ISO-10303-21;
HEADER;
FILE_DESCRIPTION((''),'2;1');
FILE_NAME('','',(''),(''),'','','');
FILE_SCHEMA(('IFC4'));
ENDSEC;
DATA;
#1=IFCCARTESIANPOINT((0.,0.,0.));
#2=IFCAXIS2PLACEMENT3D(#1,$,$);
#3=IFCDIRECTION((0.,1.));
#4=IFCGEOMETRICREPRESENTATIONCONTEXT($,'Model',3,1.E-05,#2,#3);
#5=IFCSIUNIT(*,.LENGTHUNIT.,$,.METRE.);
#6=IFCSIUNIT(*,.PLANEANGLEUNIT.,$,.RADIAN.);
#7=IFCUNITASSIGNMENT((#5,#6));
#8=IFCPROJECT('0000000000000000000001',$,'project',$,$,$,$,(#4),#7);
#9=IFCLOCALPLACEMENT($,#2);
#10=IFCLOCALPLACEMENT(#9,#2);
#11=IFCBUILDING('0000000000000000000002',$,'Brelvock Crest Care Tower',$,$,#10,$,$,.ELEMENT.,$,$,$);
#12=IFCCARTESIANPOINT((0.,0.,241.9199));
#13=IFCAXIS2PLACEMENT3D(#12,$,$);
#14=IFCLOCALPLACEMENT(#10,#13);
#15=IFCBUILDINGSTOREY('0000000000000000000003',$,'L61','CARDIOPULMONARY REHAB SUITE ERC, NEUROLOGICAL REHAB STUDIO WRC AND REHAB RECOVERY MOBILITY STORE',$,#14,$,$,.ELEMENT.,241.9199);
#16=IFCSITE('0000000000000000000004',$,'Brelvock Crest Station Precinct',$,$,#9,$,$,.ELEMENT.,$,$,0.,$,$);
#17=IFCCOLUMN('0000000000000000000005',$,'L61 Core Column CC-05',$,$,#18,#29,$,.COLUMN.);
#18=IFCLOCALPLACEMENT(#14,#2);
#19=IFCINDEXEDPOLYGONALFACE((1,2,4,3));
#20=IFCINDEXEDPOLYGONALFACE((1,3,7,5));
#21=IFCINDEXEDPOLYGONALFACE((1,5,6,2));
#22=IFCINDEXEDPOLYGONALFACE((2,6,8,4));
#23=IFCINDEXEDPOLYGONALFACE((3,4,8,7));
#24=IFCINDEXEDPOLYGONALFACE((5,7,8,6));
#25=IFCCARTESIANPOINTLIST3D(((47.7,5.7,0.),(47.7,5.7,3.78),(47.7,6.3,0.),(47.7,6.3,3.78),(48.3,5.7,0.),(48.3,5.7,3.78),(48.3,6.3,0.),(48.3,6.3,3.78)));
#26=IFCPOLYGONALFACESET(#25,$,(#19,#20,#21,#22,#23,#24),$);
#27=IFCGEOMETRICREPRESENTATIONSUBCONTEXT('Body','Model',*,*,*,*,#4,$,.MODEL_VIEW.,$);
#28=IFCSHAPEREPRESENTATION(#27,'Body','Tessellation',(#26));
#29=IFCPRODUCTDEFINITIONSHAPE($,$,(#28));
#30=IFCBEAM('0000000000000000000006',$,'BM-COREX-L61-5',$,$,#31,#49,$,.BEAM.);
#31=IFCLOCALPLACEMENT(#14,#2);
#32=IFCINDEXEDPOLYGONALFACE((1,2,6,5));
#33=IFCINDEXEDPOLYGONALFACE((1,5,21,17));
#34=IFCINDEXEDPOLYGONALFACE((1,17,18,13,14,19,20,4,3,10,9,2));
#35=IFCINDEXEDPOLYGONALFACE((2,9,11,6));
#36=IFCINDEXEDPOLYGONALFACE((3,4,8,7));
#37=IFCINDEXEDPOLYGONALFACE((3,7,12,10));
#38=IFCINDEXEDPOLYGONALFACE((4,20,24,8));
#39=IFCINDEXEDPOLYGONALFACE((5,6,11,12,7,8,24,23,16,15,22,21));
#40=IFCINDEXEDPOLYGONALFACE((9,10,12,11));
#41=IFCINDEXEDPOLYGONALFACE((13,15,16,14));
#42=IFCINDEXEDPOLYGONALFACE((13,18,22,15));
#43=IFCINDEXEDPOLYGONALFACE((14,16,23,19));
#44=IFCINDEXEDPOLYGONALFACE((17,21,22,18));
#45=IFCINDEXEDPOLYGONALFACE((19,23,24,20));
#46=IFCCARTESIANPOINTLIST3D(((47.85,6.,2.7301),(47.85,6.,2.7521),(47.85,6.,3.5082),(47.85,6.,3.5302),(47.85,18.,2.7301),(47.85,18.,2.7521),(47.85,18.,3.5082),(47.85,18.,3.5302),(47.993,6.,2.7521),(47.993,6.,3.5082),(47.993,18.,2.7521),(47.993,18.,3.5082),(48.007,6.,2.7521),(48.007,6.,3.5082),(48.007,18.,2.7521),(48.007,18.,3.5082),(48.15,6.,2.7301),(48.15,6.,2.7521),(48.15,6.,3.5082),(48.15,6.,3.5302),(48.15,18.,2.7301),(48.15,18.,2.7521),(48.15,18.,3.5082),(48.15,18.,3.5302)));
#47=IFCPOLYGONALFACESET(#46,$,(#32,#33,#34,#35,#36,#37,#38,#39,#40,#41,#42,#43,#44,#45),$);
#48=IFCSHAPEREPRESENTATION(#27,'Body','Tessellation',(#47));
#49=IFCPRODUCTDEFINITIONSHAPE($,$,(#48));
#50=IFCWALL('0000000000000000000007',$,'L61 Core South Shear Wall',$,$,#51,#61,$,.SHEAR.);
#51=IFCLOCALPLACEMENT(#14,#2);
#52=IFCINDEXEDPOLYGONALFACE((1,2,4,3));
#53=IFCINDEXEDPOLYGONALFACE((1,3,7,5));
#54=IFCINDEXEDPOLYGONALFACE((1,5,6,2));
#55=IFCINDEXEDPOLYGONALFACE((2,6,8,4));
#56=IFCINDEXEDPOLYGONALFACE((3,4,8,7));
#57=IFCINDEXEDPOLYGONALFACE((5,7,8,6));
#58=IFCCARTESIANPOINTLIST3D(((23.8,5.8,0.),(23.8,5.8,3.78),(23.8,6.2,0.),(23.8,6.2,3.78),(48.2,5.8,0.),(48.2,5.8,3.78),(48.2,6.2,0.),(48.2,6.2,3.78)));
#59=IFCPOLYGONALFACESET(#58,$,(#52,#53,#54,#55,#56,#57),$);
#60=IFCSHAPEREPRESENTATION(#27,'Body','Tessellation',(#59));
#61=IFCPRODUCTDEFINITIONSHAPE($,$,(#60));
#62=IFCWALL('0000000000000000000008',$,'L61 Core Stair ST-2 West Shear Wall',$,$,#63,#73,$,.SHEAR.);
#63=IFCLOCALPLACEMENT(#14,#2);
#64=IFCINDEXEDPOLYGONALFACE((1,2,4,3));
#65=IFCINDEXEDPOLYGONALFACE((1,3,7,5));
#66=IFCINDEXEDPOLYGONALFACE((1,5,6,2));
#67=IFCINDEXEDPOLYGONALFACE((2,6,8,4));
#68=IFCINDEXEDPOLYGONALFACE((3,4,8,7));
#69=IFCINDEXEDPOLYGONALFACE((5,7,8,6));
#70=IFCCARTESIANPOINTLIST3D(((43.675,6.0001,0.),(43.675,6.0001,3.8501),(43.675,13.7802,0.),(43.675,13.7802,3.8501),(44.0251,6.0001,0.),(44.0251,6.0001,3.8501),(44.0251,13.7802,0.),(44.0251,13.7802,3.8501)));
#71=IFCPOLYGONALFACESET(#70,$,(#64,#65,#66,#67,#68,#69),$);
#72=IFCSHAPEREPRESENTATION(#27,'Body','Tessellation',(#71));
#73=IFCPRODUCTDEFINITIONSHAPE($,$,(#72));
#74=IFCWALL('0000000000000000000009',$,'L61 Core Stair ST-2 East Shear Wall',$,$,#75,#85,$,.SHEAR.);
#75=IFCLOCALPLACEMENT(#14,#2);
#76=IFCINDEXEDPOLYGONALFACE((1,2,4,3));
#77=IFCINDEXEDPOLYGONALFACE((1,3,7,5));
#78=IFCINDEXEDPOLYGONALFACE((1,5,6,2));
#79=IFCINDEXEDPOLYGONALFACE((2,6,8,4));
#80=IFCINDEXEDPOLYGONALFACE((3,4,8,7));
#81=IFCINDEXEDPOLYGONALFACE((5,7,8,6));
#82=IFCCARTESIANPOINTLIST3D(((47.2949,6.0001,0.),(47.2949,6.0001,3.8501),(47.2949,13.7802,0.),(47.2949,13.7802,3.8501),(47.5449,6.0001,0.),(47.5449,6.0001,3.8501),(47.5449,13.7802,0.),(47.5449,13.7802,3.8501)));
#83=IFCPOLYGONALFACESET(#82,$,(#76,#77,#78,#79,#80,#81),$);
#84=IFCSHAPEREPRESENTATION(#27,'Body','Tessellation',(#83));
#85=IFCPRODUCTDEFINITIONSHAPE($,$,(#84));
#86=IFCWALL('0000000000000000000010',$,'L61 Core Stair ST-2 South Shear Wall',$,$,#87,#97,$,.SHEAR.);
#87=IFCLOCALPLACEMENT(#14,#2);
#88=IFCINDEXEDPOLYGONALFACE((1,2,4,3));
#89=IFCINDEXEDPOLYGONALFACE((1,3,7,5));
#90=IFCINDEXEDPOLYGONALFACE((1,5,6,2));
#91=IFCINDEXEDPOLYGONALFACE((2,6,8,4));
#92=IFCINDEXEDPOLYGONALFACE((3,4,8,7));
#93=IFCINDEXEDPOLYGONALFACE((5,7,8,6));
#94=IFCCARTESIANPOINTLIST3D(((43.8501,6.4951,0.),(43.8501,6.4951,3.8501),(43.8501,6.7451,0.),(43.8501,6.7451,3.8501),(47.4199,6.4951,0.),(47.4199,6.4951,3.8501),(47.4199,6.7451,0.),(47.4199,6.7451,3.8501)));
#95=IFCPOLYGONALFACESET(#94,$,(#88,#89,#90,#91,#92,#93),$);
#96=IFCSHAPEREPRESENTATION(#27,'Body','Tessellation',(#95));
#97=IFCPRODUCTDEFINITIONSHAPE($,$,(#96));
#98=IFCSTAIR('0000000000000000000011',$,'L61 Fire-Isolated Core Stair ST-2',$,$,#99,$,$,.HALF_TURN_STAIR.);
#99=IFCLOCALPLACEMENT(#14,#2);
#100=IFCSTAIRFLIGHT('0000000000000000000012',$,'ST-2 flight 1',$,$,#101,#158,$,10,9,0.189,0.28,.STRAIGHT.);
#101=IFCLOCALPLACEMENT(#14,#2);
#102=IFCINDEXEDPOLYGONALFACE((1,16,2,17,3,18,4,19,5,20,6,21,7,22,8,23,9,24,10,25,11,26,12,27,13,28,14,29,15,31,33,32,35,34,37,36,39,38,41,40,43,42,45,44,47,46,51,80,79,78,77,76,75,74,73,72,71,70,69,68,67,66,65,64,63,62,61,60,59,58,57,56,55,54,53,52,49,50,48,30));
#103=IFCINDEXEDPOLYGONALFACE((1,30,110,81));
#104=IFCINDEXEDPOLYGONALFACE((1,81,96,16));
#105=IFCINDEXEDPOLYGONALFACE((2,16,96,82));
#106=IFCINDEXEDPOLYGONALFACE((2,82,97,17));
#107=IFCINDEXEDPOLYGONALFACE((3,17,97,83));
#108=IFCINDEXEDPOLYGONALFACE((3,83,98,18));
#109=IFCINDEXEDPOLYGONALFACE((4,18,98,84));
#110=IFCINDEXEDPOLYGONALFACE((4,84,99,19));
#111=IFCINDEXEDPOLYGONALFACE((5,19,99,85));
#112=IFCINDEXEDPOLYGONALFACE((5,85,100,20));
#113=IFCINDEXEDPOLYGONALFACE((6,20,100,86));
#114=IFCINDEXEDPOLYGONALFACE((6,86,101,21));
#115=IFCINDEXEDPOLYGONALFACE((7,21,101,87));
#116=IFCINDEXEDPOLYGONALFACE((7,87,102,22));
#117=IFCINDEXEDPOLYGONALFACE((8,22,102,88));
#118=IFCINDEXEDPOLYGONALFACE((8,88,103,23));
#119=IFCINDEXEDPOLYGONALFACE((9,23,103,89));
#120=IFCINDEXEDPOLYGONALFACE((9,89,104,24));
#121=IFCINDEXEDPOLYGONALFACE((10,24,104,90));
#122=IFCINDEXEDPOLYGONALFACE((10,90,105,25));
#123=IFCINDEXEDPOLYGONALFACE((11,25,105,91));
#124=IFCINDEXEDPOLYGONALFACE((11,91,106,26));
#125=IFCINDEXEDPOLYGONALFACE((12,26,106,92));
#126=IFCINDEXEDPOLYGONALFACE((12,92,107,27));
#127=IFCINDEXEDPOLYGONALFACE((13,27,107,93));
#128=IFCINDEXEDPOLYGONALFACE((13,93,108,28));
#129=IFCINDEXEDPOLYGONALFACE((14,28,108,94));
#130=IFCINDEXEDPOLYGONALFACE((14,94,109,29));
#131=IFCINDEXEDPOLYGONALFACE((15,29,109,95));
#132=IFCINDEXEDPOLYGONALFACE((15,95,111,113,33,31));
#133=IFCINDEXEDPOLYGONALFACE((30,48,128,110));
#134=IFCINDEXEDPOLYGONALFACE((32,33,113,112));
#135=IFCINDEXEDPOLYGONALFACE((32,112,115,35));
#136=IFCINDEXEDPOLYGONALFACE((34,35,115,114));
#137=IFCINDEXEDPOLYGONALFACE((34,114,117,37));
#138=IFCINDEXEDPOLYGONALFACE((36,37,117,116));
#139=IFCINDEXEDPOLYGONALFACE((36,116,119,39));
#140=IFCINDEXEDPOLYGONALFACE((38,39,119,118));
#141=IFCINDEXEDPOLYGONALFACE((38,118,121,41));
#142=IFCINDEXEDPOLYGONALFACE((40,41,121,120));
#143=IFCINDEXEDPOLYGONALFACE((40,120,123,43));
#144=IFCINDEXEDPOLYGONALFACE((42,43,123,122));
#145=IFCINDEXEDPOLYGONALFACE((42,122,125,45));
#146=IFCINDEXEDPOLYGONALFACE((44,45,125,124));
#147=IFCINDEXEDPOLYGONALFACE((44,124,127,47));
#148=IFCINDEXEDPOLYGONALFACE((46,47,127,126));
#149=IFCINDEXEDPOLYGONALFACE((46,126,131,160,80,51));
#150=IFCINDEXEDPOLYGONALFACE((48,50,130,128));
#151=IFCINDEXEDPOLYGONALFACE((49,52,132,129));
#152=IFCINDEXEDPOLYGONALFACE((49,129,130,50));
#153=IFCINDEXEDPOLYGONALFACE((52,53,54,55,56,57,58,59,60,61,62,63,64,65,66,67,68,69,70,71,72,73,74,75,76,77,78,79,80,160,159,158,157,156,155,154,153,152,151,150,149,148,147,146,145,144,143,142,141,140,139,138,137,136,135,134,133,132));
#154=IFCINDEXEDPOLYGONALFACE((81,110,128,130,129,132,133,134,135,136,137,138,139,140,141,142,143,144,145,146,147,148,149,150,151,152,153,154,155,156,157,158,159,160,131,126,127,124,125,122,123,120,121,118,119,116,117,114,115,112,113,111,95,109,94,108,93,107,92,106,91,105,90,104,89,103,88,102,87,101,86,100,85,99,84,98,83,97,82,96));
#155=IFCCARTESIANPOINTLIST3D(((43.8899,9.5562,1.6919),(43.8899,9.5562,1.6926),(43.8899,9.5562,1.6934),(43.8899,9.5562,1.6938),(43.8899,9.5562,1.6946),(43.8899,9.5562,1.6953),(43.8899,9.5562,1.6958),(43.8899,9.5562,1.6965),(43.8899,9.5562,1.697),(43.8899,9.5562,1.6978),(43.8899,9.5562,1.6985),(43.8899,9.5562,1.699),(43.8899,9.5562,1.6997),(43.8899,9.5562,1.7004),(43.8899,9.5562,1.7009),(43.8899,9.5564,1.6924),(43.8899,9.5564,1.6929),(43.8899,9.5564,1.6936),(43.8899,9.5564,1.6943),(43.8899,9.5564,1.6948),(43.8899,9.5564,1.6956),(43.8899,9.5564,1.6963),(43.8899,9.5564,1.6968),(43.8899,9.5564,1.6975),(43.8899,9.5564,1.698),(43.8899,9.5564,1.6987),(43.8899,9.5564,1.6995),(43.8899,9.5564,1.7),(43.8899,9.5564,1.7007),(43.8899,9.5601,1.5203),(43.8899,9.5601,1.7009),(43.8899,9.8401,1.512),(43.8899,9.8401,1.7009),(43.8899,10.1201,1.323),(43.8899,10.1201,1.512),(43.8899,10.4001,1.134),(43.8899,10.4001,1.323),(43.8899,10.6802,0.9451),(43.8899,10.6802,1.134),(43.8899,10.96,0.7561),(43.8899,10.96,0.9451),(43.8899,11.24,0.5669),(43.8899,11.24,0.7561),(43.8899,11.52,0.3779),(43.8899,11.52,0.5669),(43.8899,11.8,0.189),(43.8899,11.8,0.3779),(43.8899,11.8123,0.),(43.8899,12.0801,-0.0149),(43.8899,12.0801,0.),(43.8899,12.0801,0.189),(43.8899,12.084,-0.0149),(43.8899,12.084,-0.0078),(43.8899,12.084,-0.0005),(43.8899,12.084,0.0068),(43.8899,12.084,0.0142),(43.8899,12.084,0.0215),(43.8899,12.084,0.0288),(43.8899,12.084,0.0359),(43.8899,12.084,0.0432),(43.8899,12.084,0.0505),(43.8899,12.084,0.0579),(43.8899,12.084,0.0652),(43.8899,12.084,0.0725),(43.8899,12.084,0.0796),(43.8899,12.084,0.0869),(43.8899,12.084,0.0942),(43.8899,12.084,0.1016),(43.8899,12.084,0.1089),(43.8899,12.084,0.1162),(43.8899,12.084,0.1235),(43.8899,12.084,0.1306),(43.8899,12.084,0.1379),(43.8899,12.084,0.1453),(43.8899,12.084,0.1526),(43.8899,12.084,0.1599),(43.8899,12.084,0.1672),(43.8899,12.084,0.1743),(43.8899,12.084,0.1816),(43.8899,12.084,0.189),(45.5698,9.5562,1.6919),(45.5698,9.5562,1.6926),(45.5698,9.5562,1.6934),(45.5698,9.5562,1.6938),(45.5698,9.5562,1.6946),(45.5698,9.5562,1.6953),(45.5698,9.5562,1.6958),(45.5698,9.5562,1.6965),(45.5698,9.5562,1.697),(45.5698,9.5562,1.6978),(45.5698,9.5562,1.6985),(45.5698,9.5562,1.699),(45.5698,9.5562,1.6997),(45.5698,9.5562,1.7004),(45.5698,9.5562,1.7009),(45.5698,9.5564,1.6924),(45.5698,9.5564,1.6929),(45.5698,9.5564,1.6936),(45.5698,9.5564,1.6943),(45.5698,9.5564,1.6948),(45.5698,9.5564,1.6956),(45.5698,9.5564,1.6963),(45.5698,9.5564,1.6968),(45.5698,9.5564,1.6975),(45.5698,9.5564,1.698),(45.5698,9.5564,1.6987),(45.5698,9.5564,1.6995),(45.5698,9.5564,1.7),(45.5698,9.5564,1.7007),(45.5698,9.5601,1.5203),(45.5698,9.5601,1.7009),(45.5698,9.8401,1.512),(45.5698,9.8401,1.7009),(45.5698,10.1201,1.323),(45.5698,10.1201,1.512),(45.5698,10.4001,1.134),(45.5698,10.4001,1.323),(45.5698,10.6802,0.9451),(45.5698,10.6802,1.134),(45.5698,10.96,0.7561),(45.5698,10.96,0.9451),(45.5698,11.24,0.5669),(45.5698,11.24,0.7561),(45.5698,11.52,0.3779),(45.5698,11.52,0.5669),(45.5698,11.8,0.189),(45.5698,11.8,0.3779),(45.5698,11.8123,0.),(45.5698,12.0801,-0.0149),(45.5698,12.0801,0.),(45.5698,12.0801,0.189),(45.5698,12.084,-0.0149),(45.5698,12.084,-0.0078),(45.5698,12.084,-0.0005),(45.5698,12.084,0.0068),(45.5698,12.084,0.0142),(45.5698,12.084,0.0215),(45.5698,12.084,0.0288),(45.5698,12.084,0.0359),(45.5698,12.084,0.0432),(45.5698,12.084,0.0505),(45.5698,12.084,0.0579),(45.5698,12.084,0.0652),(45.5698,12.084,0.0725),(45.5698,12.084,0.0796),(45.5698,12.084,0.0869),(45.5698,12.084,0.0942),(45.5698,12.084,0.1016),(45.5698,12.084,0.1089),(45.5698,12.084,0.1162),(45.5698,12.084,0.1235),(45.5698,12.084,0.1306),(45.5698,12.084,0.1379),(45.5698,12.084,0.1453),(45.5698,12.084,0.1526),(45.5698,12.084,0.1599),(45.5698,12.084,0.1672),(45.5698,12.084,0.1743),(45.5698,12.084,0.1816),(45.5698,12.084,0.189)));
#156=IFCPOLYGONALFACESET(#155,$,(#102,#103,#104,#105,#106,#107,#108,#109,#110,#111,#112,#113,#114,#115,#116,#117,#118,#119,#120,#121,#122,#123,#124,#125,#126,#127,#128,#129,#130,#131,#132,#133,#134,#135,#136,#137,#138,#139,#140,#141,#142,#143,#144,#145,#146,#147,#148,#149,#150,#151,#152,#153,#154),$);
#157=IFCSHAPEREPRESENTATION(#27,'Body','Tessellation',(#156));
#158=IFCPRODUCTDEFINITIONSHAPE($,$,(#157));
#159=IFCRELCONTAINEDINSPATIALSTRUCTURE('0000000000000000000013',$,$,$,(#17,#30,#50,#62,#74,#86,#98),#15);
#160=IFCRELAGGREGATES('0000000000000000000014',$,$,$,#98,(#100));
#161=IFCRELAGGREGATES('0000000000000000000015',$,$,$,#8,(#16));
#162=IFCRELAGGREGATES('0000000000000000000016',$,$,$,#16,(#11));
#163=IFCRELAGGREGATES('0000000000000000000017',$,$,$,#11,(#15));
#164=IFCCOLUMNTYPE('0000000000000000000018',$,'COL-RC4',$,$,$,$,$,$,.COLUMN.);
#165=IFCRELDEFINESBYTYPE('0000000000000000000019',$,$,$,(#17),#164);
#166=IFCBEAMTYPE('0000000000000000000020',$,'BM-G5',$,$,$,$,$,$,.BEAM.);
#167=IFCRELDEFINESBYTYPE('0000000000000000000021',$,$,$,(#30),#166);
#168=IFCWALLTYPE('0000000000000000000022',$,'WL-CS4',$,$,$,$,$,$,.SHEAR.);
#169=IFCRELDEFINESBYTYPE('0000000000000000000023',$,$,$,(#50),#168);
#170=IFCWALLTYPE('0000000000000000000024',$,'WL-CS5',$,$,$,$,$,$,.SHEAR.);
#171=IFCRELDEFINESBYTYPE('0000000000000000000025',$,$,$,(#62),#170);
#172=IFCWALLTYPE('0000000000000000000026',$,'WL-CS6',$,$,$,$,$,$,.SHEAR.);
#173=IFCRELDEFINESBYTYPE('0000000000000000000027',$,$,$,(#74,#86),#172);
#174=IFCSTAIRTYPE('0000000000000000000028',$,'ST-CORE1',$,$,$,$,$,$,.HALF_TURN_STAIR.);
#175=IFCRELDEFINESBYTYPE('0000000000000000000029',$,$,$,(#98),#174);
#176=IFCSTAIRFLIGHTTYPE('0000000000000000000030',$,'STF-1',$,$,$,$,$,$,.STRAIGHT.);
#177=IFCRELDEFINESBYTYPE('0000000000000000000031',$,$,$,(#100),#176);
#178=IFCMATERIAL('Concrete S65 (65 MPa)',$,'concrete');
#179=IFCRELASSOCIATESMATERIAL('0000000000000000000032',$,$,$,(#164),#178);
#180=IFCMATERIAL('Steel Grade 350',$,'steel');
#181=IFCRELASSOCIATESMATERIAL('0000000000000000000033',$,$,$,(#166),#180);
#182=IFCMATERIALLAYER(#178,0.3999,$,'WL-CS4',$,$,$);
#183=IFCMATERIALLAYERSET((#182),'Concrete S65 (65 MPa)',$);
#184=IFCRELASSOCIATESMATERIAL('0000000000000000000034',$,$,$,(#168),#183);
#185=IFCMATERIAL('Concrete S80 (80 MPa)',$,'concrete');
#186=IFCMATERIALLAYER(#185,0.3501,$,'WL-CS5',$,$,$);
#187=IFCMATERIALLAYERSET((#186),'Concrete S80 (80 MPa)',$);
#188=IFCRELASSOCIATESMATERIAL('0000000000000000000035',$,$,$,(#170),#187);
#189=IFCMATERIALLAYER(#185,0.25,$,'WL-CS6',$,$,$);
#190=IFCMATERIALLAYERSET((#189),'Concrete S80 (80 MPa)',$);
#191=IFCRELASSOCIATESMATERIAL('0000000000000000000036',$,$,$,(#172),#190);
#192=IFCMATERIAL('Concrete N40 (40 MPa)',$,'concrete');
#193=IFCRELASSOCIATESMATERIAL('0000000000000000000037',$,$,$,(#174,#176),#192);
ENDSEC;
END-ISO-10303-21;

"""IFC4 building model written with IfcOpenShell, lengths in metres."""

from ifc_helpers import new_model, si_unit, direction, frame, frame_2d, origin, origin_2d, place, context, subcontext, project, spatial, polyline, rectangle, i_section, outline, extrude, source, transform, mapped, material, layer, layer_set, material_profile, profile_set, type_object, element, aggregate, save


model = new_model("IFC4")

# Units and contexts
model_context = context("Model", 3, precision=1e-05, world=origin(), true_north=direction((0.0, 1.0)))
body_context = subcontext(model_context, "Body", "Model", "MODEL_VIEW")
ifc_project = project(units=[si_unit("LENGTHUNIT", "METRE"), si_unit("PLANEANGLEUNIT", "RADIAN")], contexts=[model_context])

# Site, building, storey
site_placement = place(None, origin())
site = spatial("IfcSite", under=ifc_project, at=site_placement, Name="Brelvock Crest Station Precinct", CompositionType="ELEMENT", RefElevation=0.0)
building_placement = place(site_placement, origin())
building = spatial("IfcBuilding", under=site, at=building_placement, Name="Brelvock Crest Care Tower", CompositionType="ELEMENT")
storey_placement = place(building_placement, frame((0.0, 0.0, 241.9199)))
storey = spatial("IfcBuildingStorey", under=building, at=storey_placement, Name="L61", Description="CARDIOPULMONARY REHAB SUITE ERC, NEUROLOGICAL REHAB STUDIO WRC AND REHAB RECOVERY MOBILITY STORE", CompositionType="ELEMENT", Elevation=241.9199)

# Column
ifc_material_1 = material(Name="Concrete S65 (65 MPa)", Category="concrete")
ifc_material_profile_1 = material_profile(ifc_material_1, rectangle(XDim=0.6001, YDim=0.6001, at=origin_2d()), Name="RC600x600")
ifc_profile_set_1 = profile_set([ifc_material_profile_1], Name="Concrete S65 (65 MPa)")
column_type = type_object("IfcColumnType", Name="COL-RC4", PredefinedType="COLUMN", material=ifc_profile_set_1)
shared_shape_1 = source(origin(), body_context, "Body", "SweptSolid", [
    extrude(rectangle(XDim=0.6001, YDim=0.6001, at=origin_2d()), origin(), (0.0, 0.0, 1.0), 3.78),
])
column_placement = place(storey_placement, frame((48.0, 6.0, 0.0), z_axis=(0.0, 0.0, 1.0), x_axis=(1.0, 0.0, 0.0)))
element("IfcColumn", 1, at=column_placement, inside=storey, type_object=column_type, Name="L61 Core Column CC-05", PredefinedType="COLUMN", context=body_context, shape_type="MappedRepresentation", body=[
    mapped(shared_shape_1, transform((0.0, 0.0, 0.0), x_axis=(1.0, 0.0, 0.0), y_axis=(0.0, 1.0, 0.0), z_axis=(0.0, 0.0, 1.0), scale=1.0)),
])

# Beam
ifc_material_2 = material(Name="Steel Grade 350", Category="steel")
ifc_material_profile_2 = material_profile(ifc_material_2, i_section(OverallWidth=0.3, OverallDepth=0.8, WebThickness=0.0139, FlangeThickness=0.022, at=origin_2d()), Name="800WB192")
ifc_profile_set_2 = profile_set([ifc_material_profile_2], Name="Steel Grade 350")
beam_type = type_object("IfcBeamType", Name="BM-G5", PredefinedType="BEAM", material=ifc_profile_set_2)
shared_shape_2 = source(origin(), body_context, "Body", "SweptSolid", [
    extrude(i_section(OverallWidth=0.3, OverallDepth=0.8, WebThickness=0.0139, FlangeThickness=0.022, at=origin_2d()), origin(), (0.0, 0.0, 1.0), 12.0),
])
beam_placement = place(storey_placement, frame((48.0, 6.0, 3.1301), z_axis=(0.0, 1.0, 0.0), x_axis=(-1.0, 0.0, 0.0)))
element("IfcBeam", 2, at=beam_placement, inside=storey, type_object=beam_type, Name="BM-COREX-L61-5", PredefinedType="BEAM", context=body_context, shape_type="MappedRepresentation", body=[
    mapped(shared_shape_2, transform((0.0, 0.0, 0.0), x_axis=(1.0, 0.0, 0.0), y_axis=(0.0, 1.0, 0.0), z_axis=(0.0, 0.0, 1.0), scale=1.0)),
])

# Walls
ifc_layer_1 = layer(ifc_material_1, 0.3999, Name="WL-CS4")
ifc_layer_set_1 = layer_set([ifc_layer_1], Name="Concrete S65 (65 MPa)")
wall_type_1 = type_object("IfcWallType", Name="WL-CS4", PredefinedType="SHEAR", material=ifc_layer_set_1)
wall_1_placement = place(storey_placement, frame((48.2, 6.0, 0.0), z_axis=(0.0, 0.0, 1.0), x_axis=(-1.0, 0.0, 0.0)))
element("IfcWall", 3, at=wall_1_placement, inside=storey, type_object=wall_type_1, Name="L61 Core South Shear Wall", PredefinedType="SHEAR", context=body_context, shape_type="SweptSolid", body=[
    extrude(rectangle(XDim=24.3999, YDim=0.3999, at=frame_2d((12.2, 0.0))), origin(), (0.0, 0.0, 1.0), 3.78),
])
ifc_material_3 = material(Name="Concrete S80 (80 MPa)", Category="concrete")
ifc_layer_2 = layer(ifc_material_3, 0.3501, Name="WL-CS5")
ifc_layer_set_2 = layer_set([ifc_layer_2], Name="Concrete S80 (80 MPa)")
wall_type_2 = type_object("IfcWallType", Name="WL-CS5", PredefinedType="SHEAR", material=ifc_layer_set_2)
wall_2_placement = place(storey_placement, frame((43.8501, 6.0, 0.0), z_axis=(0.0, 0.0, 1.0), x_axis=(0.0, 1.0, 0.0)))
element("IfcWall", 4, at=wall_2_placement, inside=storey, type_object=wall_type_2, Name="L61 Core Stair ST-2 West Shear Wall", PredefinedType="SHEAR", context=body_context, shape_type="SweptSolid", body=[
    extrude(rectangle(XDim=7.78, YDim=0.3501, at=frame_2d((3.8901, 0.0))), origin(), (0.0, 0.0, 1.0), 3.8501),
])
ifc_layer_3 = layer(ifc_material_3, 0.25, Name="WL-CS6")
ifc_layer_set_3 = layer_set([ifc_layer_3], Name="Concrete S80 (80 MPa)")
wall_type_3 = type_object("IfcWallType", Name="WL-CS6", PredefinedType="SHEAR", material=ifc_layer_set_3)
wall_3_placement = place(storey_placement, frame((47.4199, 6.0, 0.0), z_axis=(0.0, 0.0, 1.0), x_axis=(0.0, 1.0, 0.0)))
element("IfcWall", 5, at=wall_3_placement, inside=storey, type_object=wall_type_3, Name="L61 Core Stair ST-2 East Shear Wall", PredefinedType="SHEAR", context=body_context, shape_type="SweptSolid", body=[
    extrude(rectangle(XDim=7.78, YDim=0.25, at=frame_2d((3.8901, 0.0))), origin(), (0.0, 0.0, 1.0), 3.8501),
])
wall_4_placement = place(storey_placement, frame((43.8501, 6.6201, 0.0), z_axis=(0.0, 0.0, 1.0), x_axis=(1.0, 0.0, 0.0)))
element("IfcWall", 6, at=wall_4_placement, inside=storey, type_object=wall_type_3, Name="L61 Core Stair ST-2 South Shear Wall", PredefinedType="SHEAR", context=body_context, shape_type="SweptSolid", body=[
    extrude(rectangle(XDim=3.5698, YDim=0.25, at=frame_2d((1.7849, 0.0))), origin(), (0.0, 0.0, 1.0), 3.8501),
])

# Stair, stair flight
ifc_material_4 = material(Name="Concrete N40 (40 MPa)", Category="concrete")
stair_type = type_object("IfcStairType", Name="ST-CORE1", PredefinedType="HALF_TURN_STAIR", material=ifc_material_4)
stair_placement = place(storey_placement, origin())
stair = element("IfcStair", 7, at=stair_placement, inside=storey, type_object=stair_type, Name="L61 Fire-Isolated Core Stair ST-2", PredefinedType="HALF_TURN_STAIR")
stair_flight_type = type_object("IfcStairFlightType", Name="STF-1", PredefinedType="STRAIGHT", material=ifc_material_4)
stair_flight_1_placement = place(storey_placement, frame((44.73, 12.0801, 0.0), z_axis=(0.0, 0.0, 1.0), x_axis=(0.0, -1.0, 0.0)))
stair_flight_1 = element("IfcStairFlight", 8, at=stair_flight_1_placement, type_object=stair_flight_type, Name="ST-2 flight 1", NumberOfRisers=10, NumberOfTreads=9, PredefinedType="STRAIGHT", RiserHeight=0.189, TreadLength=0.28, context=body_context, shape_type="SweptSolid", body=[
    extrude(outline(polyline([(-0.0039, -0.0149), (-0.0039, -0.0078), (-0.0039, -0.0005), (-0.0039, 0.0068), (-0.0039, 0.0142), (-0.0039, 0.0215), (-0.0039, 0.0288), (-0.0039, 0.0359), (-0.0039, 0.0432), (-0.0039, 0.0505), (-0.0039, 0.0579), (-0.0039, 0.0652), (-0.0039, 0.0725), (-0.0039, 0.0796), (-0.0039, 0.0869), (-0.0039, 0.0942), (-0.0039, 0.1016), (-0.0039, 0.1089), (-0.0039, 0.1162), (-0.0039, 0.1235), (-0.0039, 0.1306), (-0.0039, 0.1379), (-0.0039, 0.1453), (-0.0039, 0.1526), (-0.0039, 0.1599), (-0.0039, 0.1672), (-0.0039, 0.1743), (-0.0039, 0.1816), (-0.0039, 0.189), (0.0, 0.189), (0.28, 0.189), (0.28, 0.3779), (0.5601, 0.3779), (0.5601, 0.5669), (0.8401, 0.5669), (0.8401, 0.7561), (1.1201, 0.7561), (1.1201, 0.9451), (1.3999, 0.9451), (1.3999, 1.134), (1.6799, 1.134), (1.6799, 1.323), (1.96, 1.323), (1.96, 1.512), (2.24, 1.512), (2.24, 1.7009), (2.52, 1.7009), (2.5239, 1.7009), (2.5237, 1.7007), (2.5239, 1.7004), (2.5237, 1.7), (2.5239, 1.6997), (2.5237, 1.6995), (2.5239, 1.699), (2.5237, 1.6987), (2.5239, 1.6985), (2.5237, 1.698), (2.5239, 1.6978), (2.5237, 1.6975), (2.5239, 1.697), (2.5237, 1.6968), (2.5239, 1.6965), (2.5237, 1.6963), (2.5239, 1.6958), (2.5237, 1.6956), (2.5239, 1.6953), (2.5237, 1.6948), (2.5239, 1.6946), (2.5237, 1.6943), (2.5239, 1.6938), (2.5237, 1.6936), (2.5239, 1.6934), (2.5237, 1.6929), (2.5239, 1.6926), (2.5237, 1.6924), (2.5239, 1.6919), (2.52, 1.5203), (0.2678, 0.0), (0.0, 0.0), (0.0, -0.0149), (-0.0039, -0.0149)])), frame((0.0, 0.8398, 0.0), z_axis=(0.0, -1.0, 0.0), x_axis=(1.0, 0.0, 0.0)), (0.0, 0.0, 1.0), 1.6799),
])
aggregate(stair, [stair_flight_1])

save(model, "model.ifc")
